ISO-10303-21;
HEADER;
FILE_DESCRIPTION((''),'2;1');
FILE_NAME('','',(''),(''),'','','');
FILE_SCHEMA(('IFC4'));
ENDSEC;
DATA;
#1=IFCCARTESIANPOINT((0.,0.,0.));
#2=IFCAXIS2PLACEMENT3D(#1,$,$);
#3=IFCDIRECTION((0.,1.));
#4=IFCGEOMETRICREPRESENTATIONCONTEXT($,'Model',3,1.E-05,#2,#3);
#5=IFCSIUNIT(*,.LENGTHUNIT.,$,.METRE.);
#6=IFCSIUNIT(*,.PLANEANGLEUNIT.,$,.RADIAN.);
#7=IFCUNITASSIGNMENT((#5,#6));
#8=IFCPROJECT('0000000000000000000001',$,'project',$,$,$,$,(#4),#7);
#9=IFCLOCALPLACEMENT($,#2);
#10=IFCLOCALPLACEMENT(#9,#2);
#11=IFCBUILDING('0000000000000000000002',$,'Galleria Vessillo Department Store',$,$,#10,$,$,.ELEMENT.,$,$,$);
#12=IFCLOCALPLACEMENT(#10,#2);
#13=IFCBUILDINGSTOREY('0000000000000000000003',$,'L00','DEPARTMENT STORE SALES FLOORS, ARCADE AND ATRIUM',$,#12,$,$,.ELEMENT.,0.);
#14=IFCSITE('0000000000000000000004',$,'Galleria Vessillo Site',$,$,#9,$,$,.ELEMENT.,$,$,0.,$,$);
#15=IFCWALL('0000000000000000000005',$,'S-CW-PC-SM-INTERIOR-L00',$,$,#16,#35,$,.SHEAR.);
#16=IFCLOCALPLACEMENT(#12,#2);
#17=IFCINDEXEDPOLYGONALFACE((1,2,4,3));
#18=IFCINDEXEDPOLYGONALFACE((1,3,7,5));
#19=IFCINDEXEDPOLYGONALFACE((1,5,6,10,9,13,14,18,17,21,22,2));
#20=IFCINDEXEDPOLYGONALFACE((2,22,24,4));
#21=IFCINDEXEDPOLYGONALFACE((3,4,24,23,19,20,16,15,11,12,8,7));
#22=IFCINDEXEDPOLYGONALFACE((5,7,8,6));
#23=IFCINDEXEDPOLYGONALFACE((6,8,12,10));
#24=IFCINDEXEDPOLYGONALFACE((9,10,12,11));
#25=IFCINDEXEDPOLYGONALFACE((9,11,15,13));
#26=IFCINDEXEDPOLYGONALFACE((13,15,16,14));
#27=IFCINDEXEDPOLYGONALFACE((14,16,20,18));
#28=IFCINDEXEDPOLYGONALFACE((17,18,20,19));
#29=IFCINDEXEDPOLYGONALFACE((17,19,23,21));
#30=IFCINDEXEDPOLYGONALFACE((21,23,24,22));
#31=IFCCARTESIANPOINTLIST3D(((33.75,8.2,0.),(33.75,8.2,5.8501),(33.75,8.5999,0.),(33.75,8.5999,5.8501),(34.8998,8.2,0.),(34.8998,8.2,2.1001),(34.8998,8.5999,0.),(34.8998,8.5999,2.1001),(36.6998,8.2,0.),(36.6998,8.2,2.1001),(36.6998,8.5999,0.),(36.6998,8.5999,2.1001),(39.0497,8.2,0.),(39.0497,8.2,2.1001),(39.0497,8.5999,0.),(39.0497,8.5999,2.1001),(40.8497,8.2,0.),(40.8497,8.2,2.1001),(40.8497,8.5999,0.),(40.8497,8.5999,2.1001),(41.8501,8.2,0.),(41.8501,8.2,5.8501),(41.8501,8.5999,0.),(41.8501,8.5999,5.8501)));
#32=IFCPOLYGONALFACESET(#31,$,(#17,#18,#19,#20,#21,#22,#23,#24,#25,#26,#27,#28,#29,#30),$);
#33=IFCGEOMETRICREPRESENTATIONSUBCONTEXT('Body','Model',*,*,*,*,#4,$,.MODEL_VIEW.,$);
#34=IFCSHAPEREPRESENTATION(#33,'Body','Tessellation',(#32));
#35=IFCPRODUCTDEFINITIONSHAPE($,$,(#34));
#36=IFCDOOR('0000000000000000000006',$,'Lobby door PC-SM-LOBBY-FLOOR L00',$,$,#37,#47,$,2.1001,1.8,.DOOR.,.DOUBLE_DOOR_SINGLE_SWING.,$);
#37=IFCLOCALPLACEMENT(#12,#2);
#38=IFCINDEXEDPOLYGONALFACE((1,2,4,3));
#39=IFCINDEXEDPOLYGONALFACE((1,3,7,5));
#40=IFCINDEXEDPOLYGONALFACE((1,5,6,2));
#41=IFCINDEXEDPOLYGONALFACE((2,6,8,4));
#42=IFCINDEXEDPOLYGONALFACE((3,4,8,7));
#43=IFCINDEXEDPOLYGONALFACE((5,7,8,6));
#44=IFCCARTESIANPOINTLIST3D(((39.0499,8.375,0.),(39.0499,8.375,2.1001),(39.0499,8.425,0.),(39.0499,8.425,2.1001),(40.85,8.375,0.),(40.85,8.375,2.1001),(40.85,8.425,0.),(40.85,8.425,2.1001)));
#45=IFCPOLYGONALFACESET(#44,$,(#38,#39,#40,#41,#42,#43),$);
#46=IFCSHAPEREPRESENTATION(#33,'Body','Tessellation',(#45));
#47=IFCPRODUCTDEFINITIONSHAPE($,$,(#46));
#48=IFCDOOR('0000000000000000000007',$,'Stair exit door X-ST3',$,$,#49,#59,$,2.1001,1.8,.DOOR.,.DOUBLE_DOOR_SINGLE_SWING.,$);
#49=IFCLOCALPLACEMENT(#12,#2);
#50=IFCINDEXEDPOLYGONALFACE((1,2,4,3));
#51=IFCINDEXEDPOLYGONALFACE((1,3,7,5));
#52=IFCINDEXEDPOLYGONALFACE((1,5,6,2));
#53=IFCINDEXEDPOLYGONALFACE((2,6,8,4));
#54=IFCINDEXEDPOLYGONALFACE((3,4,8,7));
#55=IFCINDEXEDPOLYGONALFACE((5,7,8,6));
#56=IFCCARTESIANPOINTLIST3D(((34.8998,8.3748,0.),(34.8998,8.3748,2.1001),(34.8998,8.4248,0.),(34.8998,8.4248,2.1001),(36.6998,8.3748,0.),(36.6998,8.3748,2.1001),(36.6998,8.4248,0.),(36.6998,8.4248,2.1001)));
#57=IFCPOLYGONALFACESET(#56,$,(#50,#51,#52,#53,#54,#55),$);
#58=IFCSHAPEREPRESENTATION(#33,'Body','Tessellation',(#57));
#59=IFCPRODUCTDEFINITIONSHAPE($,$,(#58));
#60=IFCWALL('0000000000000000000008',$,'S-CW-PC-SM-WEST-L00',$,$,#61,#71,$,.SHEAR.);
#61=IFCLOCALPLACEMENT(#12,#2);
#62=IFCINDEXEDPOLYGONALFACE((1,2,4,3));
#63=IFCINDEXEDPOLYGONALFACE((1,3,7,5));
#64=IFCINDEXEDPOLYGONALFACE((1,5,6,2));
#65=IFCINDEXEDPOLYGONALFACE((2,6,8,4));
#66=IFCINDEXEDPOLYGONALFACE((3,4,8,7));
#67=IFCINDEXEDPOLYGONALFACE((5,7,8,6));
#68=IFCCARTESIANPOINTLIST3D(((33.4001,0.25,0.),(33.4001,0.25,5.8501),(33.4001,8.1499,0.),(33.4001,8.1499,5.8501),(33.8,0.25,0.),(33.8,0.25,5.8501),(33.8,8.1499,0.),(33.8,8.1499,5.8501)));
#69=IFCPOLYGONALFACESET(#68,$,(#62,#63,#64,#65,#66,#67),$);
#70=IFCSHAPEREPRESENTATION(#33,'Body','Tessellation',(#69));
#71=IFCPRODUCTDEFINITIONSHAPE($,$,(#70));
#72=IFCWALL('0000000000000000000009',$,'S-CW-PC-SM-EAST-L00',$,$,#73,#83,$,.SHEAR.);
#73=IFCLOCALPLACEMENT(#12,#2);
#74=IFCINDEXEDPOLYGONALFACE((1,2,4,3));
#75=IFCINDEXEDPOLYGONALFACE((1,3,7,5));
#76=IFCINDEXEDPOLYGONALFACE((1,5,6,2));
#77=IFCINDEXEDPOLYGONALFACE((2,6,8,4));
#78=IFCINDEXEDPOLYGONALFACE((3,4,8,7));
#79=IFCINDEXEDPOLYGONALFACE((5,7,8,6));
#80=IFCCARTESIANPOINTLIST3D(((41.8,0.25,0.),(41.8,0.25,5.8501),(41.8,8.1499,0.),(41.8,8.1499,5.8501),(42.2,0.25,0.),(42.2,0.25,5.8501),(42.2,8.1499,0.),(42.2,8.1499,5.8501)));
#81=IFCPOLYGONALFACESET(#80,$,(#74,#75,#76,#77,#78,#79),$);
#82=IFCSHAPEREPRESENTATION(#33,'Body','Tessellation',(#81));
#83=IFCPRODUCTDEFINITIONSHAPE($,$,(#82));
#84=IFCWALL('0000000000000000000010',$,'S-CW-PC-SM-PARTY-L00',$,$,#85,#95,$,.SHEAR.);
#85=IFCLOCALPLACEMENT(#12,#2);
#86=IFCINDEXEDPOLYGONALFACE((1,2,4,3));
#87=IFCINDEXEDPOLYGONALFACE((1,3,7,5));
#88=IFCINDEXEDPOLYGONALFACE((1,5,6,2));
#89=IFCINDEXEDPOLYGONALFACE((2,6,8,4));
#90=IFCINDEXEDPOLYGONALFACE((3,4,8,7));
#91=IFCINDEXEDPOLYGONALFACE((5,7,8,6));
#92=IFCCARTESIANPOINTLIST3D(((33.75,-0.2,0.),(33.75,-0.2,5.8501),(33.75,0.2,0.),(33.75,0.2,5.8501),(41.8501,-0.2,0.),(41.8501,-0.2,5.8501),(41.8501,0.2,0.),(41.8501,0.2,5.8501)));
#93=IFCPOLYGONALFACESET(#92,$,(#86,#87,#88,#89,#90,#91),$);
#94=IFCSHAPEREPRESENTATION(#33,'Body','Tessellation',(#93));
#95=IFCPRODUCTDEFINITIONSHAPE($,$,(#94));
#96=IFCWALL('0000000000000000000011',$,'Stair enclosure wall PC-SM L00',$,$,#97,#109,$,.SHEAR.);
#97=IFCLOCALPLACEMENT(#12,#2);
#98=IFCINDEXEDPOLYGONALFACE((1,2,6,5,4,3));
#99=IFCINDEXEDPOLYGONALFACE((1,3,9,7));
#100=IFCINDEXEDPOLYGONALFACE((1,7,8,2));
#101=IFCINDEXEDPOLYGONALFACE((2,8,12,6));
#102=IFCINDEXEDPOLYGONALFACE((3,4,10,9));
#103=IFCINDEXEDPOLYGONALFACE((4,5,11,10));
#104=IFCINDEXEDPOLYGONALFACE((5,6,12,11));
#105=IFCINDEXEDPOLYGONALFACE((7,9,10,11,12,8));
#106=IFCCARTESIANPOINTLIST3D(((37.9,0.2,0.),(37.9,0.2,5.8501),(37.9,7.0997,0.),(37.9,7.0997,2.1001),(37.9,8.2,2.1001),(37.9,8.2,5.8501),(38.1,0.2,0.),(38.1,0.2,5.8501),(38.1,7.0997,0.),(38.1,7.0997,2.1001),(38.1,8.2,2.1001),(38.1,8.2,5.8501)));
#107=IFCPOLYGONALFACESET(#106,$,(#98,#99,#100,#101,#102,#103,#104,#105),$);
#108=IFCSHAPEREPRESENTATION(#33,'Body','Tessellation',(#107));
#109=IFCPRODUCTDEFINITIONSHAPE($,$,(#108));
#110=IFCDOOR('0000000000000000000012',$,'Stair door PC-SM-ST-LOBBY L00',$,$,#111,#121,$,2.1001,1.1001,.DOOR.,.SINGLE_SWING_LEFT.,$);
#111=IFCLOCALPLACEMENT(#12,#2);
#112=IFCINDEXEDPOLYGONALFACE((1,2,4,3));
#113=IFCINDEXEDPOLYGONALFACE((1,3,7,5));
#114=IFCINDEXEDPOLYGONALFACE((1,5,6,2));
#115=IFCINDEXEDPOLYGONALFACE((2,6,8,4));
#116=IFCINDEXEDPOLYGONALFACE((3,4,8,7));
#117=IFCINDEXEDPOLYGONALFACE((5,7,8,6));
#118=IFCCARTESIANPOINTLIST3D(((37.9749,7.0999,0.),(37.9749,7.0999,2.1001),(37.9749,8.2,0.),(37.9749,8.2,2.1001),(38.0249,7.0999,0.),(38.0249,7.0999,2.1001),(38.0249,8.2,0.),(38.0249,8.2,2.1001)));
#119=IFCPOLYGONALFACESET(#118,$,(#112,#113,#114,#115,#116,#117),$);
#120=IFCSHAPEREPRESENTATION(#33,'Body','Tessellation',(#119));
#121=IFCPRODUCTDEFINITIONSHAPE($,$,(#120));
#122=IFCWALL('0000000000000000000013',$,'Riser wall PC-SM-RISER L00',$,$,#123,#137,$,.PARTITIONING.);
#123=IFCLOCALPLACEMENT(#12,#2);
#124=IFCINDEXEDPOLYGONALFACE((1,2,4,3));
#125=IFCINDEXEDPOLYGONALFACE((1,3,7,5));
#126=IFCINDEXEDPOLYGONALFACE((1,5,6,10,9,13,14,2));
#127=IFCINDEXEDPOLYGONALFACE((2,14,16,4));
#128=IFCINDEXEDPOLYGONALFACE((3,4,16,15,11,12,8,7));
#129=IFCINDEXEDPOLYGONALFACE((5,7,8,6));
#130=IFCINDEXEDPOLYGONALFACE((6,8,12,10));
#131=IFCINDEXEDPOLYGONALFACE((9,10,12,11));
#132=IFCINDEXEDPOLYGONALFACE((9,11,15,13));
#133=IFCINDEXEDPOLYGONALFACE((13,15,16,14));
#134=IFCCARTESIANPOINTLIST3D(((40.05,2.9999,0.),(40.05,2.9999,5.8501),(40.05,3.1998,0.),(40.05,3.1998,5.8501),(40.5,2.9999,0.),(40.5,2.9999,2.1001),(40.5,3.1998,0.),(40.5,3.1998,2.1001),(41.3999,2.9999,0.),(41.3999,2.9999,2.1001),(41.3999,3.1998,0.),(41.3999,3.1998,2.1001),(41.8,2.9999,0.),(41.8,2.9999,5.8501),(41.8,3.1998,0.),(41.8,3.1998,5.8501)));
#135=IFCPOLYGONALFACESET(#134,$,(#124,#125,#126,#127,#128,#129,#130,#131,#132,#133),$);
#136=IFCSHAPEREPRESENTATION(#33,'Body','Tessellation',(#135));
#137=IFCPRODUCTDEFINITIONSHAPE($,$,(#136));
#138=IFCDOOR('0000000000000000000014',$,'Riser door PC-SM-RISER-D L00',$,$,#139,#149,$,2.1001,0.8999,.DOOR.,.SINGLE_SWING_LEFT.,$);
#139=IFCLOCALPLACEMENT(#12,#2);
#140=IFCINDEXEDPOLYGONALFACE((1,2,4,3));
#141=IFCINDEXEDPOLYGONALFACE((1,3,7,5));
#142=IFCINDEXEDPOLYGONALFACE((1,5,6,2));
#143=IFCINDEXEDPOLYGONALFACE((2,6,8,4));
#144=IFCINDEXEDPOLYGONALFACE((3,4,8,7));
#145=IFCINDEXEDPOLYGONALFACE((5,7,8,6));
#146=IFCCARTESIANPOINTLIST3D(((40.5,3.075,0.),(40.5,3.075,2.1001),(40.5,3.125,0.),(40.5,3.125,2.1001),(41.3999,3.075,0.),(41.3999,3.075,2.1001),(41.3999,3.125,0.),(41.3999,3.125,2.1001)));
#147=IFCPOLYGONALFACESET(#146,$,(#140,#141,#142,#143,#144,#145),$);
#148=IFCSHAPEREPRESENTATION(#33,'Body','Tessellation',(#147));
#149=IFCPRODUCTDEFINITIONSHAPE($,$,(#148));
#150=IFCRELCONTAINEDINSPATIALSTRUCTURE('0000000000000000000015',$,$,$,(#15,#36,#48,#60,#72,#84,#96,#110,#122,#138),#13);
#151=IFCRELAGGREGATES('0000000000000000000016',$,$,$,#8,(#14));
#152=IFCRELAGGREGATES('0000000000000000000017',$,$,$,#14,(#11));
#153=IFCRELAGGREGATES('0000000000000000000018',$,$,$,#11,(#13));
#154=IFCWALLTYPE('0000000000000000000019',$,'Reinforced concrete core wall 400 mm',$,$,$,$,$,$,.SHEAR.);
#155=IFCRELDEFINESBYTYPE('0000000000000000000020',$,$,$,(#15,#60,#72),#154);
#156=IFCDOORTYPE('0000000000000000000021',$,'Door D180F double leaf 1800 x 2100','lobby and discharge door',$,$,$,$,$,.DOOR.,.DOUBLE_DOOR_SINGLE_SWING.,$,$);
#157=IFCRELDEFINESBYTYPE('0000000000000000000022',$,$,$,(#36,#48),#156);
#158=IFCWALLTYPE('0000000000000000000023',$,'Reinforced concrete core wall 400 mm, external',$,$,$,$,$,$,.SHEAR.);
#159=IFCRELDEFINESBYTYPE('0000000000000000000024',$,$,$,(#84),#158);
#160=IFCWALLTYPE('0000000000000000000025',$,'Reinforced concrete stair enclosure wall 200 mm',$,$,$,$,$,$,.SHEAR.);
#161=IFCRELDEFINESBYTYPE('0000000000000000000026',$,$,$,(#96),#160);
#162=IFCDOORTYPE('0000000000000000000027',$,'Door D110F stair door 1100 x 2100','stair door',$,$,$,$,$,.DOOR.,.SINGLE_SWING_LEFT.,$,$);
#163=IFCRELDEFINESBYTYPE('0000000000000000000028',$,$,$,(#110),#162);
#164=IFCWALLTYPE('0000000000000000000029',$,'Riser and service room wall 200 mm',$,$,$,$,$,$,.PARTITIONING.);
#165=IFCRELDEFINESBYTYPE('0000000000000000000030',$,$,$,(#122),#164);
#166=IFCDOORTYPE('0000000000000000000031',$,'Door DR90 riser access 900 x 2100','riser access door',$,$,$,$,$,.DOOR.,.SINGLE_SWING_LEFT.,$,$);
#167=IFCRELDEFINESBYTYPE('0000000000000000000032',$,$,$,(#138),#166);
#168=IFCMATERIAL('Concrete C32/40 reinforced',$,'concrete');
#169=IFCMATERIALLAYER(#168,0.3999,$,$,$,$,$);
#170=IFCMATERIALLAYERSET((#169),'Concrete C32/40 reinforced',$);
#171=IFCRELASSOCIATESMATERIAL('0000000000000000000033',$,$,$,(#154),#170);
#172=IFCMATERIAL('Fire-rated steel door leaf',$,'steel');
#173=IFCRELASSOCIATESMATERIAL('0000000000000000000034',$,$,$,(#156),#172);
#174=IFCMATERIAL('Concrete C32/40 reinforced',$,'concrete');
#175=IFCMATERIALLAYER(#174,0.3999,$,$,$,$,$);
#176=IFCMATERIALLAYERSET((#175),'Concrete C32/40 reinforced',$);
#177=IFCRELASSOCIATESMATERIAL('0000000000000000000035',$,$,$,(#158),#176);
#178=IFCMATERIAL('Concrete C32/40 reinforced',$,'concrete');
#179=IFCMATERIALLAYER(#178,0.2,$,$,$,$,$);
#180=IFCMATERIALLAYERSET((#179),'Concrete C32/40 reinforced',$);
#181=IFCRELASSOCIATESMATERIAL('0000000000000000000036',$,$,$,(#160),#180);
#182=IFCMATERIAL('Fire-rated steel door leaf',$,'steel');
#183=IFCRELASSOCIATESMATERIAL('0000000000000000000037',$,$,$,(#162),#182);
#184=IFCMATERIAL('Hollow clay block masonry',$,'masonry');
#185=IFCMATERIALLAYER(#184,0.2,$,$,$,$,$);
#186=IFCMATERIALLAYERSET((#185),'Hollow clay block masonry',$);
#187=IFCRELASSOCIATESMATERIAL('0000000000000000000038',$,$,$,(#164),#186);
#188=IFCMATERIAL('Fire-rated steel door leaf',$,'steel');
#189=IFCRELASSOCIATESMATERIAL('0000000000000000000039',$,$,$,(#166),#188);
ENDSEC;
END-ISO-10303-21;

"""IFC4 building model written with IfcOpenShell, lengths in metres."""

from ifc_helpers import new_model, si_unit, direction, frame, frame_2d, origin, place, context, subcontext, project, spatial, rectangle, extrude, material, layer, layer_set, type_object, element, fill, save


model = new_model("IFC4")

# Units and contexts
model_context = context("Model", 3, precision=1e-05, world=origin(), true_north=direction((0.0, 1.0)))
body_context = subcontext(model_context, "Body", "Model", "MODEL_VIEW")
ifc_project = project(units=[si_unit("LENGTHUNIT", "METRE"), si_unit("PLANEANGLEUNIT", "RADIAN")], contexts=[model_context])

# Site, building, storey
site_placement = place(None, origin())
site = spatial("IfcSite", under=ifc_project, at=site_placement, Name="Galleria Vessillo Site", CompositionType="ELEMENT", RefElevation=0.0)
building_placement = place(site_placement, origin())
building = spatial("IfcBuilding", under=site, at=building_placement, Name="Galleria Vessillo Department Store", CompositionType="ELEMENT")
storey_placement = place(building_placement, origin())
storey = spatial("IfcBuildingStorey", under=building, at=storey_placement, Name="L00", Description="DEPARTMENT STORE SALES FLOORS, ARCADE AND ATRIUM", CompositionType="ELEMENT", Elevation=0.0)

# Wall, openings, doors
ifc_material_1 = material(Name="Concrete C32/40 reinforced", Category="concrete")
ifc_layer_1 = layer(ifc_material_1, 0.3999)
ifc_layer_set_1 = layer_set([ifc_layer_1], Name="Concrete C32/40 reinforced")
wall_type_1 = type_object("IfcWallType", Name="Reinforced concrete core wall 400 mm", PredefinedType="SHEAR", material=ifc_layer_set_1)
wall_1_placement = place(storey_placement, frame((33.75, 8.3999, 0.0), z_axis=(0.0, 0.0, 1.0), x_axis=(1.0, 0.0, 0.0)))
wall_1 = element("IfcWall", 1, at=wall_1_placement, inside=storey, type_object=wall_type_1, Name="S-CW-PC-SM-INTERIOR-L00", PredefinedType="SHEAR", context=body_context, shape_type="SweptSolid", body=[
    extrude(rectangle(XDim=8.1001, YDim=0.3999, at=frame_2d((4.05, 0.0))), origin(), (0.0, 0.0, 1.0), 5.8501),
])
opening_1_placement = place(wall_1_placement, frame((5.2998, 0.0, 0.0)))
opening_1 = element("IfcOpeningElement", 2, at=opening_1_placement, cuts=wall_1, PredefinedType="OPENING", context=body_context, shape_type="SweptSolid", body=[
    extrude(rectangle(XDim=1.8, YDim=2.1001, at=frame_2d((0.8999, 1.05))), frame((0.0, 0.21, 0.0), z_axis=(0.0, -1.0, 0.0), x_axis=(1.0, 0.0, 0.0)), (0.0, 0.0, 1.0), 0.4199),
])
opening_2_placement = place(wall_1_placement, frame((1.1499, 0.0, 0.0)))
opening_2 = element("IfcOpeningElement", 3, at=opening_2_placement, cuts=wall_1, PredefinedType="OPENING", context=body_context, shape_type="SweptSolid", body=[
    extrude(rectangle(XDim=1.8, YDim=2.1001, at=frame_2d((0.8999, 1.05))), frame((0.0, 0.21, 0.0), z_axis=(0.0, -1.0, 0.0), x_axis=(1.0, 0.0, 0.0)), (0.0, 0.0, 1.0), 0.4199),
])
ifc_material_2 = material(Name="Fire-rated steel door leaf", Category="steel")
door_type_1 = type_object("IfcDoorType", Name="Door D180F double leaf 1800 x 2100", Description="lobby and discharge door", OperationType="DOUBLE_DOOR_SINGLE_SWING", PredefinedType="DOOR", material=ifc_material_2)
door_1_placement = place(opening_1_placement, frame((1.8, 0.0, 0.0), z_axis=(0.0, 0.0, 1.0), x_axis=(-1.0, 0.0, 0.0)))
door_1 = element("IfcDoor", 4, at=door_1_placement, inside=storey, type_object=door_type_1, Name="Lobby door PC-SM-LOBBY-FLOOR L00", OperationType="DOUBLE_DOOR_SINGLE_SWING", OverallHeight=2.1001, OverallWidth=1.8, PredefinedType="DOOR", context=body_context, shape_type="SweptSolid", body=[
    extrude(rectangle(XDim=1.8, YDim=2.1001, at=frame_2d((0.8999, 1.05))), frame((0.0, 0.0249, 0.0), z_axis=(0.0, -1.0, 0.0), x_axis=(1.0, 0.0, 0.0)), (0.0, 0.0, 1.0), 0.05),
])
fill(opening_1, door_1)
door_2_placement = place(opening_2_placement, origin())
door_2 = element("IfcDoor", 5, at=door_2_placement, inside=storey, type_object=door_type_1, Name="Stair exit door X-ST3", OperationType="DOUBLE_DOOR_SINGLE_SWING", OverallHeight=2.1001, OverallWidth=1.8, PredefinedType="DOOR", context=body_context, shape_type="SweptSolid", body=[
    extrude(rectangle(XDim=1.8, YDim=2.1001, at=frame_2d((0.8999, 1.05))), frame((0.0, 0.0249, 0.0), z_axis=(0.0, -1.0, 0.0), x_axis=(1.0, 0.0, 0.0)), (0.0, 0.0, 1.0), 0.05),
])
fill(opening_2, door_2)

# Walls
for number, where, z_axis, x_axis, name in (
    (6, (33.6001, 0.25, 0.0), (0.0, 0.0, 1.0), (0.0, 1.0, 0.0), "S-CW-PC-SM-WEST-L00"),
    (7, (42.0, 0.25, 0.0), (0.0, 0.0, 1.0), (0.0, 1.0, 0.0), "S-CW-PC-SM-EAST-L00"),
):
    element("IfcWall", number, at=place(storey_placement, frame(where, z_axis=z_axis, x_axis=x_axis)), inside=storey, type_object=wall_type_1, Name=name, PredefinedType="SHEAR", context=body_context, shape_type="SweptSolid", body=[
        extrude(rectangle(XDim=7.8999, YDim=0.3999, at=frame_2d((3.95, 0.0))), origin(), (0.0, 0.0, 1.0), 5.8501),
    ])
ifc_material_3 = material(Name="Concrete C32/40 reinforced", Category="concrete")
ifc_layer_2 = layer(ifc_material_3, 0.3999)
ifc_layer_set_2 = layer_set([ifc_layer_2], Name="Concrete C32/40 reinforced")
wall_type_2 = type_object("IfcWallType", Name="Reinforced concrete core wall 400 mm, external", PredefinedType="SHEAR", material=ifc_layer_set_2)
wall_2_placement = place(storey_placement, frame((33.75, 0.0, 0.0), z_axis=(0.0, 0.0, 1.0), x_axis=(1.0, 0.0, 0.0)))
element("IfcWall", 8, at=wall_2_placement, inside=storey, type_object=wall_type_2, Name="S-CW-PC-SM-PARTY-L00", PredefinedType="SHEAR", context=body_context, shape_type="SweptSolid", body=[
    extrude(rectangle(XDim=8.1001, YDim=0.3999, at=frame_2d((4.05, 0.0))), origin(), (0.0, 0.0, 1.0), 5.8501),
])

# Walls, openings, doors
ifc_material_4 = material(Name="Concrete C32/40 reinforced", Category="concrete")
ifc_layer_3 = layer(ifc_material_4, 0.2)
ifc_layer_set_3 = layer_set([ifc_layer_3], Name="Concrete C32/40 reinforced")
wall_type_3 = type_object("IfcWallType", Name="Reinforced concrete stair enclosure wall 200 mm", PredefinedType="SHEAR", material=ifc_layer_set_3)
wall_3_placement = place(storey_placement, frame((38.0, 0.2, 0.0), z_axis=(0.0, 0.0, 1.0), x_axis=(0.0, 1.0, 0.0)))
wall_3 = element("IfcWall", 9, at=wall_3_placement, inside=storey, type_object=wall_type_3, Name="Stair enclosure wall PC-SM L00", PredefinedType="SHEAR", context=body_context, shape_type="SweptSolid", body=[
    extrude(rectangle(XDim=8.0, YDim=0.2, at=frame_2d((4.0, 0.0))), origin(), (0.0, 0.0, 1.0), 5.8501),
])
opening_3_placement = place(wall_3_placement, frame((6.8999, 0.0, 0.0)))
opening_3 = element("IfcOpeningElement", 10, at=opening_3_placement, cuts=wall_3, PredefinedType="OPENING", context=body_context, shape_type="SweptSolid", body=[
    extrude(rectangle(XDim=1.1101, YDim=2.1001, at=frame_2d((0.5549, 1.05))), frame((0.0, 0.1099, 0.0), z_axis=(0.0, -1.0, 0.0), x_axis=(1.0, 0.0, 0.0)), (0.0, 0.0, 1.0), 0.22),
])
ifc_material_5 = material(Name="Fire-rated steel door leaf", Category="steel")
door_type_2 = type_object("IfcDoorType", Name="Door D110F stair door 1100 x 2100", Description="stair door", OperationType="SINGLE_SWING_LEFT", PredefinedType="DOOR", material=ifc_material_5)
door_3_placement = place(opening_3_placement, frame((1.1001, 0.0, 0.0), z_axis=(0.0, 0.0, 1.0), x_axis=(-1.0, 0.0, 0.0)))
door_3 = element("IfcDoor", 11, at=door_3_placement, inside=storey, type_object=door_type_2, Name="Stair door PC-SM-ST-LOBBY L00", OperationType="SINGLE_SWING_LEFT", OverallHeight=2.1001, OverallWidth=1.1001, PredefinedType="DOOR", context=body_context, shape_type="SweptSolid", body=[
    extrude(rectangle(XDim=1.1001, YDim=2.1001, at=frame_2d((0.55, 1.05))), frame((0.0, 0.0249, 0.0), z_axis=(0.0, -1.0, 0.0), x_axis=(1.0, 0.0, 0.0)), (0.0, 0.0, 1.0), 0.05),
])
fill(opening_3, door_3)
ifc_material_6 = material(Name="Hollow clay block masonry", Category="masonry")
ifc_layer_4 = layer(ifc_material_6, 0.2)
ifc_layer_set_4 = layer_set([ifc_layer_4], Name="Hollow clay block masonry")
wall_type_4 = type_object("IfcWallType", Name="Riser and service room wall 200 mm", PredefinedType="PARTITIONING", material=ifc_layer_set_4)
wall_4_placement = place(storey_placement, frame((40.05, 3.0999, 0.0), z_axis=(0.0, 0.0, 1.0), x_axis=(1.0, 0.0, 0.0)))
wall_4 = element("IfcWall", 12, at=wall_4_placement, inside=storey, type_object=wall_type_4, Name="Riser wall PC-SM-RISER L00", PredefinedType="PARTITIONING", context=body_context, shape_type="SweptSolid", body=[
    extrude(rectangle(XDim=1.75, YDim=0.2, at=frame_2d((0.875, 0.0))), origin(), (0.0, 0.0, 1.0), 5.8501),
])
opening_4_placement = place(wall_4_placement, frame((0.45, 0.0, 0.0)))
opening_4 = element("IfcOpeningElement", 13, at=opening_4_placement, cuts=wall_4, PredefinedType="OPENING", context=body_context, shape_type="SweptSolid", body=[
    extrude(rectangle(XDim=0.8999, YDim=2.1001, at=frame_2d((0.45, 1.05))), frame((0.0, 0.1099, 0.0), z_axis=(0.0, -1.0, 0.0), x_axis=(1.0, 0.0, 0.0)), (0.0, 0.0, 1.0), 0.22),
])
ifc_material_7 = material(Name="Fire-rated steel door leaf", Category="steel")
door_type_3 = type_object("IfcDoorType", Name="Door DR90 riser access 900 x 2100", Description="riser access door", OperationType="SINGLE_SWING_LEFT", PredefinedType="DOOR", material=ifc_material_7)
door_4_placement = place(opening_4_placement, frame((0.8999, 0.0, 0.0), z_axis=(0.0, 0.0, 1.0), x_axis=(-1.0, 0.0, 0.0)))
door_4 = element("IfcDoor", 14, at=door_4_placement, inside=storey, type_object=door_type_3, Name="Riser door PC-SM-RISER-D L00", OperationType="SINGLE_SWING_LEFT", OverallHeight=2.1001, OverallWidth=0.8999, PredefinedType="DOOR", context=body_context, shape_type="SweptSolid", body=[
    extrude(rectangle(XDim=0.8999, YDim=2.1001, at=frame_2d((0.45, 1.05))), frame((0.0, 0.0249, 0.0), z_axis=(0.0, -1.0, 0.0), x_axis=(1.0, 0.0, 0.0)), (0.0, 0.0, 1.0), 0.05),
])
fill(opening_4, door_4)

save(model, "model.ifc")
